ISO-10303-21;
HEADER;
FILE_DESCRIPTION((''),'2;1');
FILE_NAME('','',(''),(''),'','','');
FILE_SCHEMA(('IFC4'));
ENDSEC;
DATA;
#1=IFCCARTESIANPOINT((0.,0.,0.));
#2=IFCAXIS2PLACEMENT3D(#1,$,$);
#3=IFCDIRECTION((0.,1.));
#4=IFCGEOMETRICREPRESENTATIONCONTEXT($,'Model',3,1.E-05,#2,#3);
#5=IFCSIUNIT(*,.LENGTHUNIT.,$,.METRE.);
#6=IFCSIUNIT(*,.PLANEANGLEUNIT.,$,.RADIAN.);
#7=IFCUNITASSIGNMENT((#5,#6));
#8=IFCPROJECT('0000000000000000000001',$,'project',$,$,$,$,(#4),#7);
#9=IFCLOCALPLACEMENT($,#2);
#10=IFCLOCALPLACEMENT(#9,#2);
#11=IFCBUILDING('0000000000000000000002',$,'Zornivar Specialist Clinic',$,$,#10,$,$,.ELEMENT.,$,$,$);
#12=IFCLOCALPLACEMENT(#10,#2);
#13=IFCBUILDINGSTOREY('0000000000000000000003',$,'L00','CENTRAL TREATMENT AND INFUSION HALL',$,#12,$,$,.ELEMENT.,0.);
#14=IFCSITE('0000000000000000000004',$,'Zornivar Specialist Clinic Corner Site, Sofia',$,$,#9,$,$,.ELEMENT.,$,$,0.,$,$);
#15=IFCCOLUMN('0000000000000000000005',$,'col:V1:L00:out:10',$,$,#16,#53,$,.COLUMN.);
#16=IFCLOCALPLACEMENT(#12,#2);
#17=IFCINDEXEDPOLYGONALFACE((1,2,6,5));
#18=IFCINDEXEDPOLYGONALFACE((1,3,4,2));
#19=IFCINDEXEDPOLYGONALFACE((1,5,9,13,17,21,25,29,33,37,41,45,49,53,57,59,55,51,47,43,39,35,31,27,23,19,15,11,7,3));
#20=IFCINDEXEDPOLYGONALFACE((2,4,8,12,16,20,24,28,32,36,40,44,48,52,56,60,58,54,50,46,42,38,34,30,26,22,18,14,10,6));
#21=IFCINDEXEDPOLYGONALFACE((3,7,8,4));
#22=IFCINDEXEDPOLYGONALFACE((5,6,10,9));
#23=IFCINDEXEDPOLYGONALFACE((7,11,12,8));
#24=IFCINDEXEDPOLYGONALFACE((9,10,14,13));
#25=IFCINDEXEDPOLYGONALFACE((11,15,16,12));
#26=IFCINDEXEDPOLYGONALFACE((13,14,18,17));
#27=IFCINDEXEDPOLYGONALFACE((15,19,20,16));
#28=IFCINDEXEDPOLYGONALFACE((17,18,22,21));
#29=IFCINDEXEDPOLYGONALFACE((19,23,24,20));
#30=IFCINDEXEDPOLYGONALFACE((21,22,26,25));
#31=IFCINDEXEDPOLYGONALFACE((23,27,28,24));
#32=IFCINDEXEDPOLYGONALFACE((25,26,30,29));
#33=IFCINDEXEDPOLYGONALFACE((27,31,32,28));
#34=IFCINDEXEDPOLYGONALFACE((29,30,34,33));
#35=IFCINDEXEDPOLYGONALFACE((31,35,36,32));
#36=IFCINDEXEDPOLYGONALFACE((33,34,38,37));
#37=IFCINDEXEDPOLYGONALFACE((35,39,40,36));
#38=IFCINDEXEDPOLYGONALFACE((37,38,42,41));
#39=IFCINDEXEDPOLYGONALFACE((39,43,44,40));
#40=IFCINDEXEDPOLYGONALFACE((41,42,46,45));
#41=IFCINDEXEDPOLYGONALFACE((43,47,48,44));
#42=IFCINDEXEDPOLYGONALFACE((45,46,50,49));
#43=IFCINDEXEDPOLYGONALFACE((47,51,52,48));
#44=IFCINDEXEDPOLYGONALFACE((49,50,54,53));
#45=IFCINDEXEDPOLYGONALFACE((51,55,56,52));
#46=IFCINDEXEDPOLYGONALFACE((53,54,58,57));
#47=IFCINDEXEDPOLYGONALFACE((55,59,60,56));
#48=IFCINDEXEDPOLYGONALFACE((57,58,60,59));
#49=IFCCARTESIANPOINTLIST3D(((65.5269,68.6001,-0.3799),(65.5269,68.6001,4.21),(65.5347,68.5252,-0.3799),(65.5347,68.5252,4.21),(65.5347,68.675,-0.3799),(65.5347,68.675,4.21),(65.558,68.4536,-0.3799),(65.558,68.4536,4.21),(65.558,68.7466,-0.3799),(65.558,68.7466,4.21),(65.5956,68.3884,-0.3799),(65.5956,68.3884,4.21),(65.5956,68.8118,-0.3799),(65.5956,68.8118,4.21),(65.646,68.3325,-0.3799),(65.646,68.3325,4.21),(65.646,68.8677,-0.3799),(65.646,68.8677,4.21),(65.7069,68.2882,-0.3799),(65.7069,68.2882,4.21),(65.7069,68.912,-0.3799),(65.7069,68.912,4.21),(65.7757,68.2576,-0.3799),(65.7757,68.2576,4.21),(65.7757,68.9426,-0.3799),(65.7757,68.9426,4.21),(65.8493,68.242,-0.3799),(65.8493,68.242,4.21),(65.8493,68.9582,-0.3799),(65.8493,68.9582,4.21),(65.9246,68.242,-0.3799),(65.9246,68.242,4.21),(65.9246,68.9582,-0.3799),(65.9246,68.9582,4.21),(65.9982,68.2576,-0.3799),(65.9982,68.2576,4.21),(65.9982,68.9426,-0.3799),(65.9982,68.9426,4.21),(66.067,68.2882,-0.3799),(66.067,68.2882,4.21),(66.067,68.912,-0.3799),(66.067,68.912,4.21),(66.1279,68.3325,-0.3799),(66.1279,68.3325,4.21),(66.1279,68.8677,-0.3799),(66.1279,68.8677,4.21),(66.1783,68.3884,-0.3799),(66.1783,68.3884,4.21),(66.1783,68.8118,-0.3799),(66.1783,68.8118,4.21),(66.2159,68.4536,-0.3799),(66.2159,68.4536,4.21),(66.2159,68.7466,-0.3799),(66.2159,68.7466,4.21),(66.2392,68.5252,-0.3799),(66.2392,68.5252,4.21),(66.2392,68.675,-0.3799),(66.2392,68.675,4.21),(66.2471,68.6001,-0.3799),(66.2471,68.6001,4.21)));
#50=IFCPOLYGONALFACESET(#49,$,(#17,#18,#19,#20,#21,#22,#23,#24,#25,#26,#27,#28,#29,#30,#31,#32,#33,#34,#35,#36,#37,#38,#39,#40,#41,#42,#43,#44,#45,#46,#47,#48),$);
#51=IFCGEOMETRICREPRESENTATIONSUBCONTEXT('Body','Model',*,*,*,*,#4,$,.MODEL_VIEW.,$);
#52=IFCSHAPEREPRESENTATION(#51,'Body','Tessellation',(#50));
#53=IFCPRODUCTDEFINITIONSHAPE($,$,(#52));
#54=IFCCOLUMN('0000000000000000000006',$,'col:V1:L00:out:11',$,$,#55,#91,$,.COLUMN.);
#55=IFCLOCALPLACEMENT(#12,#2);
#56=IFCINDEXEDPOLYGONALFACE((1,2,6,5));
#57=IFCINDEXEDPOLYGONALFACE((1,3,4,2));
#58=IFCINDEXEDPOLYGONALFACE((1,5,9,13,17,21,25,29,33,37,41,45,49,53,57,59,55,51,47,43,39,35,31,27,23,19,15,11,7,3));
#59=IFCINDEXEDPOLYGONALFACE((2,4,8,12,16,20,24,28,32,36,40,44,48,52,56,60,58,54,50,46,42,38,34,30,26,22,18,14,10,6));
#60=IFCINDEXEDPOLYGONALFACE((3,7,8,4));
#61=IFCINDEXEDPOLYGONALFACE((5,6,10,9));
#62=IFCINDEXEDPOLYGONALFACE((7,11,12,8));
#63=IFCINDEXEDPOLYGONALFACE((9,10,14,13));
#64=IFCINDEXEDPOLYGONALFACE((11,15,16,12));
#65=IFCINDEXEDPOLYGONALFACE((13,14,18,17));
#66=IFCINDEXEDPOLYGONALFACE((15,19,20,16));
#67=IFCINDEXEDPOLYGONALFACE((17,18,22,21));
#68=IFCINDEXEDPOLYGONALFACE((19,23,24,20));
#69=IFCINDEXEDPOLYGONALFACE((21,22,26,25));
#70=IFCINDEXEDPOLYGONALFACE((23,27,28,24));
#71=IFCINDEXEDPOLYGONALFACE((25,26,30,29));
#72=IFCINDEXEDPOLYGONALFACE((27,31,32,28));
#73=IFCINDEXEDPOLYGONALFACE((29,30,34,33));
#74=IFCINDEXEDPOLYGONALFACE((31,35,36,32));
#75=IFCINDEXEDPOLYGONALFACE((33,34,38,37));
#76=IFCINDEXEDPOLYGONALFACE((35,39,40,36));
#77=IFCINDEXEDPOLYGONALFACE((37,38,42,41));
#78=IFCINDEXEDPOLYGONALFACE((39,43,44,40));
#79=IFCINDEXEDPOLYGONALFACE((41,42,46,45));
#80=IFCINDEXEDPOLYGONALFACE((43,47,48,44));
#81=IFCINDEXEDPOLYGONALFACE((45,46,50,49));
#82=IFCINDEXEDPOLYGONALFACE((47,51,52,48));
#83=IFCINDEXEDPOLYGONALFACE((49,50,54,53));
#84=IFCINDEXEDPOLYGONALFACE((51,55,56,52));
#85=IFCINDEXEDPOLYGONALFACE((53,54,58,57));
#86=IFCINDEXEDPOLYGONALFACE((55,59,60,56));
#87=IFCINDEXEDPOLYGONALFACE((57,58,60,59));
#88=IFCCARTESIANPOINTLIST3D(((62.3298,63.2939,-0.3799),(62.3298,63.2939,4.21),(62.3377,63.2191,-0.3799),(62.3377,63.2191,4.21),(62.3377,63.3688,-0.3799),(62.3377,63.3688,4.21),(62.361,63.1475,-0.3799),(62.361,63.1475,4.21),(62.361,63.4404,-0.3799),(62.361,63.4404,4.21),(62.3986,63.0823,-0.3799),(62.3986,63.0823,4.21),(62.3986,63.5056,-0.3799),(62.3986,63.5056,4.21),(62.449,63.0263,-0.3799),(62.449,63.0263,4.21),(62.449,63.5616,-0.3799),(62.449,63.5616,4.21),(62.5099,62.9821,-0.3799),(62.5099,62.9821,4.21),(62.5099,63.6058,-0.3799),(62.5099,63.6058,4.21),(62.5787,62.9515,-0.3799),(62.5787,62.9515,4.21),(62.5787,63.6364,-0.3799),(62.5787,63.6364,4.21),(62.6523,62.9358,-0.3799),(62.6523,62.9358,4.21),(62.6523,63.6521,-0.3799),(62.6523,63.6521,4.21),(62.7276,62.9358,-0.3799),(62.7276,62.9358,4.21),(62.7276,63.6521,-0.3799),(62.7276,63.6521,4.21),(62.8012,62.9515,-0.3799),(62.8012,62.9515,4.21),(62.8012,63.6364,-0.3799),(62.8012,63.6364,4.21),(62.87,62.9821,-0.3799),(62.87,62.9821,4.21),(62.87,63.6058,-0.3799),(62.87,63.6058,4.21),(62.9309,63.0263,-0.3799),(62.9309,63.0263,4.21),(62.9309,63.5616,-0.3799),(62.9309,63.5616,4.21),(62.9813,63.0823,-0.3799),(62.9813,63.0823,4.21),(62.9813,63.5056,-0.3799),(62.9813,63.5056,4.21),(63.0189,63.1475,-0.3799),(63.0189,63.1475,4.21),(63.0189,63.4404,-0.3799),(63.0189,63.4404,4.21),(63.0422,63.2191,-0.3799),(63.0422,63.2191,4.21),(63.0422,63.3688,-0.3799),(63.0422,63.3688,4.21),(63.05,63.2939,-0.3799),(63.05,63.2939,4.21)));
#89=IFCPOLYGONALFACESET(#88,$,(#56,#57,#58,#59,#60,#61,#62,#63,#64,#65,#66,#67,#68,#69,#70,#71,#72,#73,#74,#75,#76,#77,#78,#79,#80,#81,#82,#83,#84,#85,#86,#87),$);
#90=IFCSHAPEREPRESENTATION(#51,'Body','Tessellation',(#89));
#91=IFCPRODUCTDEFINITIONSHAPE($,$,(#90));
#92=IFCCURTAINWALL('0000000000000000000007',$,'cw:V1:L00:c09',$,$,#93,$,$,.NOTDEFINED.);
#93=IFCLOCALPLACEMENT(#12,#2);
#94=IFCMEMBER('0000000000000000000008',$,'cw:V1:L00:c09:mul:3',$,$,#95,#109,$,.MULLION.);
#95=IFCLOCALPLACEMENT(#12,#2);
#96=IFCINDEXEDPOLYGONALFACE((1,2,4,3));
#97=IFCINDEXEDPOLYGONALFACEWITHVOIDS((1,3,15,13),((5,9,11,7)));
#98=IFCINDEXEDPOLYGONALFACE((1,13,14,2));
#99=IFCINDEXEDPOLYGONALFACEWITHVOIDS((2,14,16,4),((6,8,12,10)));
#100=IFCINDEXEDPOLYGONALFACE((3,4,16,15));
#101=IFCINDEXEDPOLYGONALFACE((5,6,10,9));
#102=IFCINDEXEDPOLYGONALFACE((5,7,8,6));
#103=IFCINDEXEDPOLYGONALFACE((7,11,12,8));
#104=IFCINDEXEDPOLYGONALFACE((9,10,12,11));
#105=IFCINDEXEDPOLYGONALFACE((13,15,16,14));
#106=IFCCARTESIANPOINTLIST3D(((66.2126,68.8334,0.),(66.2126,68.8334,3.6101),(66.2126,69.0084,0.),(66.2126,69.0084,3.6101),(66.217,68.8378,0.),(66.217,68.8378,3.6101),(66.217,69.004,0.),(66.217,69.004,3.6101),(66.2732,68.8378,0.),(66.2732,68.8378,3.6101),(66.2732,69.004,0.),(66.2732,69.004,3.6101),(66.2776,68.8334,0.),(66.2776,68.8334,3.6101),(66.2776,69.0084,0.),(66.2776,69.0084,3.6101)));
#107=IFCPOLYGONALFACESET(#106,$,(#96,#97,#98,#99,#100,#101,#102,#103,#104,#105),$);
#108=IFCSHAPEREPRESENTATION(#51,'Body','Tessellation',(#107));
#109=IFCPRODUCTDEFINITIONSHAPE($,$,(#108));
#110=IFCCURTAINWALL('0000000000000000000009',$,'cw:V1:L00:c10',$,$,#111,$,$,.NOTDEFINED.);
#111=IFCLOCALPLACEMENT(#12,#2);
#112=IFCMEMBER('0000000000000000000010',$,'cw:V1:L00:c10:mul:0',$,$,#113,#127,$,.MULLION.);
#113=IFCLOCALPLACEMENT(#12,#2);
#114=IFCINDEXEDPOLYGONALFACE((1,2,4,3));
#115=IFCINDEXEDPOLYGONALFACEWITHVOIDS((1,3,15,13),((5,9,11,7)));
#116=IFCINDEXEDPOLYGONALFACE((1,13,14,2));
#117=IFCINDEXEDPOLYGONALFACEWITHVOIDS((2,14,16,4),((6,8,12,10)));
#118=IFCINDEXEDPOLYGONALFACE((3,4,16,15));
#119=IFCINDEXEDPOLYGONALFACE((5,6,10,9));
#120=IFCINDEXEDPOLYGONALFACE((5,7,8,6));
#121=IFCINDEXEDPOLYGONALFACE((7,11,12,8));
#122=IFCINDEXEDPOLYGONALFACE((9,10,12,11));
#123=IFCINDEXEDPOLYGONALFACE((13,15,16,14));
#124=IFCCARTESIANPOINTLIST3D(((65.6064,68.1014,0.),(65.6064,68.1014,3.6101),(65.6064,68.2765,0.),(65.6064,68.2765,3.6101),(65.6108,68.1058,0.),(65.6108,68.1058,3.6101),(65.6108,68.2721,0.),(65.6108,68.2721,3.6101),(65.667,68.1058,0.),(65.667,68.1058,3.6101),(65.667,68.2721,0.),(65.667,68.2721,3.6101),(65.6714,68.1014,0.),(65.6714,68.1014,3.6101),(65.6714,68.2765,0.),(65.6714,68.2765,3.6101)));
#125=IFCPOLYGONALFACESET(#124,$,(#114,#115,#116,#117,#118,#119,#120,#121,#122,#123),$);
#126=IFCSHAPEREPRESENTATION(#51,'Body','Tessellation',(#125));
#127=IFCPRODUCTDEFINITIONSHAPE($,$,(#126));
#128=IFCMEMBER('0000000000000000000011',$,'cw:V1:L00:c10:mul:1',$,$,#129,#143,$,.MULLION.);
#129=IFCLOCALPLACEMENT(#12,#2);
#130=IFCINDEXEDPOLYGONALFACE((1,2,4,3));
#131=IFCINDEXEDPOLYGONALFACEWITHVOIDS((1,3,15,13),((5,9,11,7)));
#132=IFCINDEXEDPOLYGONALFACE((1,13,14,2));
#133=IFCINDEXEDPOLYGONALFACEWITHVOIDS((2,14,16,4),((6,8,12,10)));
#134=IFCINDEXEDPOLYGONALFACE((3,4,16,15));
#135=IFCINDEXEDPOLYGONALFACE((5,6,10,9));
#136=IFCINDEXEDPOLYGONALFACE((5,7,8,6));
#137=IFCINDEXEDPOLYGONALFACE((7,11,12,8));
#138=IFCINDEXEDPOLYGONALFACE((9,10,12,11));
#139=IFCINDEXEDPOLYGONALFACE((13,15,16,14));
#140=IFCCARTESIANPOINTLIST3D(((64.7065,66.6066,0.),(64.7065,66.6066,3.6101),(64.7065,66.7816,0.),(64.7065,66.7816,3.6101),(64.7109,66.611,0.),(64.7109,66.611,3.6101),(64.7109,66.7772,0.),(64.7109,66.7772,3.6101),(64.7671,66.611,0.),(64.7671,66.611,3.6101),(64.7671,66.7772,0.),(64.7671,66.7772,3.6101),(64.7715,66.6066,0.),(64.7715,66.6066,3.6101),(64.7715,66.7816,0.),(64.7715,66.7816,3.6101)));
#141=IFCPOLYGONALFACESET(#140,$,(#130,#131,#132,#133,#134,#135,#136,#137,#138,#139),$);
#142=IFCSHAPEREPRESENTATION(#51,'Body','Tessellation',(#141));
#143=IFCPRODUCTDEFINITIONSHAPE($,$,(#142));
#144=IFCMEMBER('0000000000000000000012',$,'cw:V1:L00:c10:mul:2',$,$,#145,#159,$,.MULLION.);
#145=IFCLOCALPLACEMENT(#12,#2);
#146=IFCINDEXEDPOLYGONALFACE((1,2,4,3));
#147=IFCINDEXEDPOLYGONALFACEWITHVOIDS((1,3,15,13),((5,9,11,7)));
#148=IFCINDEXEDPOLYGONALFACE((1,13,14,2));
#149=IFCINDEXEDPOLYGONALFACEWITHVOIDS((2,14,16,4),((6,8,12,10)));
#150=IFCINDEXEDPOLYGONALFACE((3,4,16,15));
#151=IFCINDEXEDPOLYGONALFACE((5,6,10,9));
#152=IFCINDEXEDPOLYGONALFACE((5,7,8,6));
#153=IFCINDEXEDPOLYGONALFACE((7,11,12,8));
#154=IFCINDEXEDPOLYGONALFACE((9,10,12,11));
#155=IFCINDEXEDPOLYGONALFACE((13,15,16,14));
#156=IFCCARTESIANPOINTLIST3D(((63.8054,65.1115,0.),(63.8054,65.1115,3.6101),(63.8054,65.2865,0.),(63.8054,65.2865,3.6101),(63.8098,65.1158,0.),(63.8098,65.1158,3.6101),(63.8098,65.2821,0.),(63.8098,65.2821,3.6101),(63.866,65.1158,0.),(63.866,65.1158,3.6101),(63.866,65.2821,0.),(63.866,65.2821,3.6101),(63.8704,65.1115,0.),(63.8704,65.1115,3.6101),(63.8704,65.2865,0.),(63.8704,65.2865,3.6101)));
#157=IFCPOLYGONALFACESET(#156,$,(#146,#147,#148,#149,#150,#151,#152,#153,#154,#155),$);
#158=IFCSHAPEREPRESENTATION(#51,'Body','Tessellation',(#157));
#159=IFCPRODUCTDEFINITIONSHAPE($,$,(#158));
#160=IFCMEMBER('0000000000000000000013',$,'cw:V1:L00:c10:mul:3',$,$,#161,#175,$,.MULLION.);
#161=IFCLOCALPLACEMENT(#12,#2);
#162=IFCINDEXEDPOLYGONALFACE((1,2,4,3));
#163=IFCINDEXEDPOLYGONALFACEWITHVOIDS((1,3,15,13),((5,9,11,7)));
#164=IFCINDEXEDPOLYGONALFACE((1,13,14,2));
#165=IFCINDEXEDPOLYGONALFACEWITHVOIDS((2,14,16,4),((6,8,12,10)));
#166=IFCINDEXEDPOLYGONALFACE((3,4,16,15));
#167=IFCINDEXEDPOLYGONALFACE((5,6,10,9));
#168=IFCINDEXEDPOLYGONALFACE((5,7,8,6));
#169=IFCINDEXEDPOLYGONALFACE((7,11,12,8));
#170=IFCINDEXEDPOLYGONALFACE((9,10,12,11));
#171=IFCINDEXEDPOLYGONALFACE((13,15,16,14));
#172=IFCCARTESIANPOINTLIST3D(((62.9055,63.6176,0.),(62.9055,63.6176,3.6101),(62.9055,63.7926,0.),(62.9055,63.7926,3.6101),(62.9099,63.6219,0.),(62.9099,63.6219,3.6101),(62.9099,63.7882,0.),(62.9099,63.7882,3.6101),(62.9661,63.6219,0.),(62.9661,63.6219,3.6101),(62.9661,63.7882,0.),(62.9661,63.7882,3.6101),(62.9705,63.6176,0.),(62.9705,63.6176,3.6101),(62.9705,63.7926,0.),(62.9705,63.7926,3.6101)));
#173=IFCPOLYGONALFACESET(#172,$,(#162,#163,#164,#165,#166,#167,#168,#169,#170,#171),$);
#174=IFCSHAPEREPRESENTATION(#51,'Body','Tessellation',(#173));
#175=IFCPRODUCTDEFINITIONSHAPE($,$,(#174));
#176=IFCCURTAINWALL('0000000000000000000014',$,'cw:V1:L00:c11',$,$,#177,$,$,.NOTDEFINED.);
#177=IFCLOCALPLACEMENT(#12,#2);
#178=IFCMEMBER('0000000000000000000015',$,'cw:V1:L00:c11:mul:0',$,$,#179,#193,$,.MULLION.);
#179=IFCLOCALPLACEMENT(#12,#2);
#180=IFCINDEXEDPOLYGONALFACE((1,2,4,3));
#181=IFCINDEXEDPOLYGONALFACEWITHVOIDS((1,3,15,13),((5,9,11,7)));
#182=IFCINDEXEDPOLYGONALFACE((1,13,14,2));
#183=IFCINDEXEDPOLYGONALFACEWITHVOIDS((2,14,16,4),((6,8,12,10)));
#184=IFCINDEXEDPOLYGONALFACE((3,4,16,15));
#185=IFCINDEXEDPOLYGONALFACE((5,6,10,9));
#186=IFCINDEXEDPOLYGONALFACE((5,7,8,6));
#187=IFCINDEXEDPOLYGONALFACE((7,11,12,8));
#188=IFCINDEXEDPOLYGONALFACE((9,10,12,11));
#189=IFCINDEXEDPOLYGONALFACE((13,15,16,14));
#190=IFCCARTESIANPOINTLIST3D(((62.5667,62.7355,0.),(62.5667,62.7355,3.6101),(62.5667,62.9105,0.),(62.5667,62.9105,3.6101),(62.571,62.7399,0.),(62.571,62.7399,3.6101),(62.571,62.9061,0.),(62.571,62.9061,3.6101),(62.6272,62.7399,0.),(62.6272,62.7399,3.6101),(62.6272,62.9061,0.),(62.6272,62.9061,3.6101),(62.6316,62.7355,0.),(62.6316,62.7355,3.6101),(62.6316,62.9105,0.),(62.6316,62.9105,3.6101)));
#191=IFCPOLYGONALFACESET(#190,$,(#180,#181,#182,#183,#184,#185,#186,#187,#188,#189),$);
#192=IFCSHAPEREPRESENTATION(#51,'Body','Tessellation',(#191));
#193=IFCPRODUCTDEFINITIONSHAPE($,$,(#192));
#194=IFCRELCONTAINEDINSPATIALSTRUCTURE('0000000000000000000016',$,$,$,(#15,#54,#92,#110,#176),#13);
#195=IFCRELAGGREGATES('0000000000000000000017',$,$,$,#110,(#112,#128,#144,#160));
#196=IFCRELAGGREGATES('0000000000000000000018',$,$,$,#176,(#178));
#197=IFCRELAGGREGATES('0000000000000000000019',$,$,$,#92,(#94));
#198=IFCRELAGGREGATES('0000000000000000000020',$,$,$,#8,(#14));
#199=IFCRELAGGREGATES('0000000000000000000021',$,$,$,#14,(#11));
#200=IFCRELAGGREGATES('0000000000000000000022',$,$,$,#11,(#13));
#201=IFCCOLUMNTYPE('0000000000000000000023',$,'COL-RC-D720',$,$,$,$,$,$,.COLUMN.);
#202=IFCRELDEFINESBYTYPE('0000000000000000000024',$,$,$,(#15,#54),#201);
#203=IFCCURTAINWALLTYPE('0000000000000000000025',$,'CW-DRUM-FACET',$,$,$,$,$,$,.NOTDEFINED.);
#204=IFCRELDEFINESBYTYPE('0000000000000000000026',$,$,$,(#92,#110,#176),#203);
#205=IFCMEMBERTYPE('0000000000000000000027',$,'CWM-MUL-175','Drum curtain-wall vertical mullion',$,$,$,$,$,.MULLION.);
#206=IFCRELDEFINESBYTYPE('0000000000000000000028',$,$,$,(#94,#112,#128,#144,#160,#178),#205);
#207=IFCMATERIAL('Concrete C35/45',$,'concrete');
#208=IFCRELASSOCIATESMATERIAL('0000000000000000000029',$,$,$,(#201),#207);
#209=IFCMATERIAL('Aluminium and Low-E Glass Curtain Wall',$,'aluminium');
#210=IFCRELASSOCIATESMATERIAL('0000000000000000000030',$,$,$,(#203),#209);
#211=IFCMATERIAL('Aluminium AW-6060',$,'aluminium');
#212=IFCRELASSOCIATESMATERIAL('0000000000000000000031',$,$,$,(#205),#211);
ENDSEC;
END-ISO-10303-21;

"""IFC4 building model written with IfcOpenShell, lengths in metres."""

from ifc_helpers import new_model, si_unit, direction, frame, origin, origin_2d, place, context, subcontext, project, spatial, hollow_rectangle, circle, extrude, material, material_profile, profile_set, type_object, element, aggregate, save


model = new_model("IFC4")

# Units and contexts
model_context = context("Model", 3, precision=1e-05, world=origin(), true_north=direction((0.0, 1.0)))
body_context = subcontext(model_context, "Body", "Model", "MODEL_VIEW")
ifc_project = project(units=[si_unit("LENGTHUNIT", "METRE"), si_unit("PLANEANGLEUNIT", "RADIAN")], contexts=[model_context])

# Site, building, storey
site_placement = place(None, origin())
site = spatial("IfcSite", under=ifc_project, at=site_placement, Name="Zornivar Specialist Clinic Corner Site, Sofia", CompositionType="ELEMENT", RefElevation=0.0)
building_placement = place(site_placement, origin())
building = spatial("IfcBuilding", under=site, at=building_placement, Name="Zornivar Specialist Clinic", CompositionType="ELEMENT")
storey_placement = place(building_placement, origin())
storey = spatial("IfcBuildingStorey", under=building, at=storey_placement, Name="L00", Description="CENTRAL TREATMENT AND INFUSION HALL", CompositionType="ELEMENT", Elevation=0.0)

# Columns
ifc_material_1 = material(Name="Concrete C35/45", Category="concrete")
ifc_material_profile_1 = material_profile(ifc_material_1, circle(Radius=0.3601, at=origin_2d()), Name="RC D720")
ifc_profile_set_1 = profile_set([ifc_material_profile_1], Name="Concrete C35/45")
column_type = type_object("IfcColumnType", Name="COL-RC-D720", PredefinedType="COLUMN", material=ifc_profile_set_1)
for number, where, z_axis, x_axis, name in (
    (1, (65.887, 68.6001, -0.3799), (0.0, 0.0, 1.0), (1.0, 0.0, 0.0), "col:V1:L00:out:10"),
    (2, (62.6899, 63.2939, -0.3799), (0.0, 0.0, 1.0), (1.0, 0.0, 0.0), "col:V1:L00:out:11"),
):
    element("IfcColumn", number, at=place(storey_placement, frame(where, z_axis=z_axis, x_axis=x_axis)), inside=storey, type_object=column_type, Name=name, PredefinedType="COLUMN", context=body_context, shape_type="SweptSolid", body=[
        extrude(circle(Radius=0.3601, at=origin_2d()), origin(), (0.0, 0.0, 1.0), 4.5898),
    ])

# Curtain wall, member
ifc_material_2 = material(Name="Aluminium and Low-E Glass Curtain Wall", Category="aluminium")
curtain_wall_type = type_object("IfcCurtainWallType", Name="CW-DRUM-FACET", PredefinedType="NOTDEFINED", material=ifc_material_2)
curtain_wall_1_placement = place(storey_placement, origin())
curtain_wall_1 = element("IfcCurtainWall", 3, at=curtain_wall_1_placement, inside=storey, type_object=curtain_wall_type, Name="cw:V1:L00:c09", PredefinedType="NOTDEFINED")
ifc_material_3 = material(Name="Aluminium AW-6060", Category="aluminium")
ifc_material_profile_2 = material_profile(ifc_material_3, hollow_rectangle(XDim=0.0649, YDim=0.175, WallThickness=0.0044, at=origin_2d()), Name="ALU 65x175x4.5")
ifc_profile_set_2 = profile_set([ifc_material_profile_2], Name="Aluminium AW-6060")
member_type_1 = type_object("IfcMemberType", Name="CWM-MUL-175", Description="Drum curtain-wall vertical mullion", PredefinedType="MULLION", material=ifc_profile_set_2)
member_1_placement = place(storey_placement, frame((66.2451, 68.9209, 0.0), z_axis=(0.0, 0.0, 1.0), x_axis=(1.0, 0.0, 0.0)))
member_1 = element("IfcMember", 4, at=member_1_placement, type_object=member_type_1, Name="cw:V1:L00:c09:mul:3", PredefinedType="MULLION", context=body_context, shape_type="SweptSolid", body=[
    extrude(hollow_rectangle(XDim=0.0649, YDim=0.175, WallThickness=0.0044, at=origin_2d()), origin(), (0.0, 0.0, 1.0), 3.6101),
])

# Curtain walls, members
curtain_wall_2_placement = place(storey_placement, origin())
curtain_wall_2 = element("IfcCurtainWall", 5, at=curtain_wall_2_placement, inside=storey, type_object=curtain_wall_type, Name="cw:V1:L00:c10", PredefinedType="NOTDEFINED")
member_2_placement = place(storey_placement, frame((65.6389, 68.189, 0.0), z_axis=(0.0, 0.0, 1.0), x_axis=(1.0, 0.0, 0.0)))
member_2 = element("IfcMember", 6, at=member_2_placement, type_object=member_type_1, Name="cw:V1:L00:c10:mul:0", PredefinedType="MULLION", context=body_context, shape_type="SweptSolid", body=[
    extrude(hollow_rectangle(XDim=0.0649, YDim=0.175, WallThickness=0.0044, at=origin_2d()), origin(), (0.0, 0.0, 1.0), 3.6101),
])
member_3_placement = place(storey_placement, frame((64.739, 66.6941, 0.0), z_axis=(0.0, 0.0, 1.0), x_axis=(1.0, 0.0, 0.0)))
member_3 = element("IfcMember", 7, at=member_3_placement, type_object=member_type_1, Name="cw:V1:L00:c10:mul:1", PredefinedType="MULLION", context=body_context, shape_type="SweptSolid", body=[
    extrude(hollow_rectangle(XDim=0.0649, YDim=0.175, WallThickness=0.0044, at=origin_2d()), origin(), (0.0, 0.0, 1.0), 3.6101),
])
member_4_placement = place(storey_placement, frame((63.8379, 65.199, 0.0), z_axis=(0.0, 0.0, 1.0), x_axis=(1.0, 0.0, 0.0)))
member_4 = element("IfcMember", 8, at=member_4_placement, type_object=member_type_1, Name="cw:V1:L00:c10:mul:2", PredefinedType="MULLION", context=body_context, shape_type="SweptSolid", body=[
    extrude(hollow_rectangle(XDim=0.0649, YDim=0.175, WallThickness=0.0044, at=origin_2d()), origin(), (0.0, 0.0, 1.0), 3.6101),
])
member_5_placement = place(storey_placement, frame((62.938, 63.7051, 0.0), z_axis=(0.0, 0.0, 1.0), x_axis=(1.0, 0.0, 0.0)))
member_5 = element("IfcMember", 9, at=member_5_placement, type_object=member_type_1, Name="cw:V1:L00:c10:mul:3", PredefinedType="MULLION", context=body_context, shape_type="SweptSolid", body=[
    extrude(hollow_rectangle(XDim=0.0649, YDim=0.175, WallThickness=0.0044, at=origin_2d()), origin(), (0.0, 0.0, 1.0), 3.6101),
])
curtain_wall_3_placement = place(storey_placement, origin())
curtain_wall_3 = element("IfcCurtainWall", 10, at=curtain_wall_3_placement, inside=storey, type_object=curtain_wall_type, Name="cw:V1:L00:c11", PredefinedType="NOTDEFINED")
member_6_placement = place(storey_placement, frame((62.5991, 62.823, 0.0), z_axis=(0.0, 0.0, 1.0), x_axis=(1.0, 0.0, 0.0)))
member_6 = element("IfcMember", 11, at=member_6_placement, type_object=member_type_1, Name="cw:V1:L00:c11:mul:0", PredefinedType="MULLION", context=body_context, shape_type="SweptSolid", body=[
    extrude(hollow_rectangle(XDim=0.0649, YDim=0.175, WallThickness=0.0044, at=origin_2d()), origin(), (0.0, 0.0, 1.0), 3.6101),
])

aggregate(curtain_wall_2, [member_2, member_3, member_4, member_5])
aggregate(curtain_wall_3, [member_6])
aggregate(curtain_wall_1, [member_1])

save(model, "model.ifc")
